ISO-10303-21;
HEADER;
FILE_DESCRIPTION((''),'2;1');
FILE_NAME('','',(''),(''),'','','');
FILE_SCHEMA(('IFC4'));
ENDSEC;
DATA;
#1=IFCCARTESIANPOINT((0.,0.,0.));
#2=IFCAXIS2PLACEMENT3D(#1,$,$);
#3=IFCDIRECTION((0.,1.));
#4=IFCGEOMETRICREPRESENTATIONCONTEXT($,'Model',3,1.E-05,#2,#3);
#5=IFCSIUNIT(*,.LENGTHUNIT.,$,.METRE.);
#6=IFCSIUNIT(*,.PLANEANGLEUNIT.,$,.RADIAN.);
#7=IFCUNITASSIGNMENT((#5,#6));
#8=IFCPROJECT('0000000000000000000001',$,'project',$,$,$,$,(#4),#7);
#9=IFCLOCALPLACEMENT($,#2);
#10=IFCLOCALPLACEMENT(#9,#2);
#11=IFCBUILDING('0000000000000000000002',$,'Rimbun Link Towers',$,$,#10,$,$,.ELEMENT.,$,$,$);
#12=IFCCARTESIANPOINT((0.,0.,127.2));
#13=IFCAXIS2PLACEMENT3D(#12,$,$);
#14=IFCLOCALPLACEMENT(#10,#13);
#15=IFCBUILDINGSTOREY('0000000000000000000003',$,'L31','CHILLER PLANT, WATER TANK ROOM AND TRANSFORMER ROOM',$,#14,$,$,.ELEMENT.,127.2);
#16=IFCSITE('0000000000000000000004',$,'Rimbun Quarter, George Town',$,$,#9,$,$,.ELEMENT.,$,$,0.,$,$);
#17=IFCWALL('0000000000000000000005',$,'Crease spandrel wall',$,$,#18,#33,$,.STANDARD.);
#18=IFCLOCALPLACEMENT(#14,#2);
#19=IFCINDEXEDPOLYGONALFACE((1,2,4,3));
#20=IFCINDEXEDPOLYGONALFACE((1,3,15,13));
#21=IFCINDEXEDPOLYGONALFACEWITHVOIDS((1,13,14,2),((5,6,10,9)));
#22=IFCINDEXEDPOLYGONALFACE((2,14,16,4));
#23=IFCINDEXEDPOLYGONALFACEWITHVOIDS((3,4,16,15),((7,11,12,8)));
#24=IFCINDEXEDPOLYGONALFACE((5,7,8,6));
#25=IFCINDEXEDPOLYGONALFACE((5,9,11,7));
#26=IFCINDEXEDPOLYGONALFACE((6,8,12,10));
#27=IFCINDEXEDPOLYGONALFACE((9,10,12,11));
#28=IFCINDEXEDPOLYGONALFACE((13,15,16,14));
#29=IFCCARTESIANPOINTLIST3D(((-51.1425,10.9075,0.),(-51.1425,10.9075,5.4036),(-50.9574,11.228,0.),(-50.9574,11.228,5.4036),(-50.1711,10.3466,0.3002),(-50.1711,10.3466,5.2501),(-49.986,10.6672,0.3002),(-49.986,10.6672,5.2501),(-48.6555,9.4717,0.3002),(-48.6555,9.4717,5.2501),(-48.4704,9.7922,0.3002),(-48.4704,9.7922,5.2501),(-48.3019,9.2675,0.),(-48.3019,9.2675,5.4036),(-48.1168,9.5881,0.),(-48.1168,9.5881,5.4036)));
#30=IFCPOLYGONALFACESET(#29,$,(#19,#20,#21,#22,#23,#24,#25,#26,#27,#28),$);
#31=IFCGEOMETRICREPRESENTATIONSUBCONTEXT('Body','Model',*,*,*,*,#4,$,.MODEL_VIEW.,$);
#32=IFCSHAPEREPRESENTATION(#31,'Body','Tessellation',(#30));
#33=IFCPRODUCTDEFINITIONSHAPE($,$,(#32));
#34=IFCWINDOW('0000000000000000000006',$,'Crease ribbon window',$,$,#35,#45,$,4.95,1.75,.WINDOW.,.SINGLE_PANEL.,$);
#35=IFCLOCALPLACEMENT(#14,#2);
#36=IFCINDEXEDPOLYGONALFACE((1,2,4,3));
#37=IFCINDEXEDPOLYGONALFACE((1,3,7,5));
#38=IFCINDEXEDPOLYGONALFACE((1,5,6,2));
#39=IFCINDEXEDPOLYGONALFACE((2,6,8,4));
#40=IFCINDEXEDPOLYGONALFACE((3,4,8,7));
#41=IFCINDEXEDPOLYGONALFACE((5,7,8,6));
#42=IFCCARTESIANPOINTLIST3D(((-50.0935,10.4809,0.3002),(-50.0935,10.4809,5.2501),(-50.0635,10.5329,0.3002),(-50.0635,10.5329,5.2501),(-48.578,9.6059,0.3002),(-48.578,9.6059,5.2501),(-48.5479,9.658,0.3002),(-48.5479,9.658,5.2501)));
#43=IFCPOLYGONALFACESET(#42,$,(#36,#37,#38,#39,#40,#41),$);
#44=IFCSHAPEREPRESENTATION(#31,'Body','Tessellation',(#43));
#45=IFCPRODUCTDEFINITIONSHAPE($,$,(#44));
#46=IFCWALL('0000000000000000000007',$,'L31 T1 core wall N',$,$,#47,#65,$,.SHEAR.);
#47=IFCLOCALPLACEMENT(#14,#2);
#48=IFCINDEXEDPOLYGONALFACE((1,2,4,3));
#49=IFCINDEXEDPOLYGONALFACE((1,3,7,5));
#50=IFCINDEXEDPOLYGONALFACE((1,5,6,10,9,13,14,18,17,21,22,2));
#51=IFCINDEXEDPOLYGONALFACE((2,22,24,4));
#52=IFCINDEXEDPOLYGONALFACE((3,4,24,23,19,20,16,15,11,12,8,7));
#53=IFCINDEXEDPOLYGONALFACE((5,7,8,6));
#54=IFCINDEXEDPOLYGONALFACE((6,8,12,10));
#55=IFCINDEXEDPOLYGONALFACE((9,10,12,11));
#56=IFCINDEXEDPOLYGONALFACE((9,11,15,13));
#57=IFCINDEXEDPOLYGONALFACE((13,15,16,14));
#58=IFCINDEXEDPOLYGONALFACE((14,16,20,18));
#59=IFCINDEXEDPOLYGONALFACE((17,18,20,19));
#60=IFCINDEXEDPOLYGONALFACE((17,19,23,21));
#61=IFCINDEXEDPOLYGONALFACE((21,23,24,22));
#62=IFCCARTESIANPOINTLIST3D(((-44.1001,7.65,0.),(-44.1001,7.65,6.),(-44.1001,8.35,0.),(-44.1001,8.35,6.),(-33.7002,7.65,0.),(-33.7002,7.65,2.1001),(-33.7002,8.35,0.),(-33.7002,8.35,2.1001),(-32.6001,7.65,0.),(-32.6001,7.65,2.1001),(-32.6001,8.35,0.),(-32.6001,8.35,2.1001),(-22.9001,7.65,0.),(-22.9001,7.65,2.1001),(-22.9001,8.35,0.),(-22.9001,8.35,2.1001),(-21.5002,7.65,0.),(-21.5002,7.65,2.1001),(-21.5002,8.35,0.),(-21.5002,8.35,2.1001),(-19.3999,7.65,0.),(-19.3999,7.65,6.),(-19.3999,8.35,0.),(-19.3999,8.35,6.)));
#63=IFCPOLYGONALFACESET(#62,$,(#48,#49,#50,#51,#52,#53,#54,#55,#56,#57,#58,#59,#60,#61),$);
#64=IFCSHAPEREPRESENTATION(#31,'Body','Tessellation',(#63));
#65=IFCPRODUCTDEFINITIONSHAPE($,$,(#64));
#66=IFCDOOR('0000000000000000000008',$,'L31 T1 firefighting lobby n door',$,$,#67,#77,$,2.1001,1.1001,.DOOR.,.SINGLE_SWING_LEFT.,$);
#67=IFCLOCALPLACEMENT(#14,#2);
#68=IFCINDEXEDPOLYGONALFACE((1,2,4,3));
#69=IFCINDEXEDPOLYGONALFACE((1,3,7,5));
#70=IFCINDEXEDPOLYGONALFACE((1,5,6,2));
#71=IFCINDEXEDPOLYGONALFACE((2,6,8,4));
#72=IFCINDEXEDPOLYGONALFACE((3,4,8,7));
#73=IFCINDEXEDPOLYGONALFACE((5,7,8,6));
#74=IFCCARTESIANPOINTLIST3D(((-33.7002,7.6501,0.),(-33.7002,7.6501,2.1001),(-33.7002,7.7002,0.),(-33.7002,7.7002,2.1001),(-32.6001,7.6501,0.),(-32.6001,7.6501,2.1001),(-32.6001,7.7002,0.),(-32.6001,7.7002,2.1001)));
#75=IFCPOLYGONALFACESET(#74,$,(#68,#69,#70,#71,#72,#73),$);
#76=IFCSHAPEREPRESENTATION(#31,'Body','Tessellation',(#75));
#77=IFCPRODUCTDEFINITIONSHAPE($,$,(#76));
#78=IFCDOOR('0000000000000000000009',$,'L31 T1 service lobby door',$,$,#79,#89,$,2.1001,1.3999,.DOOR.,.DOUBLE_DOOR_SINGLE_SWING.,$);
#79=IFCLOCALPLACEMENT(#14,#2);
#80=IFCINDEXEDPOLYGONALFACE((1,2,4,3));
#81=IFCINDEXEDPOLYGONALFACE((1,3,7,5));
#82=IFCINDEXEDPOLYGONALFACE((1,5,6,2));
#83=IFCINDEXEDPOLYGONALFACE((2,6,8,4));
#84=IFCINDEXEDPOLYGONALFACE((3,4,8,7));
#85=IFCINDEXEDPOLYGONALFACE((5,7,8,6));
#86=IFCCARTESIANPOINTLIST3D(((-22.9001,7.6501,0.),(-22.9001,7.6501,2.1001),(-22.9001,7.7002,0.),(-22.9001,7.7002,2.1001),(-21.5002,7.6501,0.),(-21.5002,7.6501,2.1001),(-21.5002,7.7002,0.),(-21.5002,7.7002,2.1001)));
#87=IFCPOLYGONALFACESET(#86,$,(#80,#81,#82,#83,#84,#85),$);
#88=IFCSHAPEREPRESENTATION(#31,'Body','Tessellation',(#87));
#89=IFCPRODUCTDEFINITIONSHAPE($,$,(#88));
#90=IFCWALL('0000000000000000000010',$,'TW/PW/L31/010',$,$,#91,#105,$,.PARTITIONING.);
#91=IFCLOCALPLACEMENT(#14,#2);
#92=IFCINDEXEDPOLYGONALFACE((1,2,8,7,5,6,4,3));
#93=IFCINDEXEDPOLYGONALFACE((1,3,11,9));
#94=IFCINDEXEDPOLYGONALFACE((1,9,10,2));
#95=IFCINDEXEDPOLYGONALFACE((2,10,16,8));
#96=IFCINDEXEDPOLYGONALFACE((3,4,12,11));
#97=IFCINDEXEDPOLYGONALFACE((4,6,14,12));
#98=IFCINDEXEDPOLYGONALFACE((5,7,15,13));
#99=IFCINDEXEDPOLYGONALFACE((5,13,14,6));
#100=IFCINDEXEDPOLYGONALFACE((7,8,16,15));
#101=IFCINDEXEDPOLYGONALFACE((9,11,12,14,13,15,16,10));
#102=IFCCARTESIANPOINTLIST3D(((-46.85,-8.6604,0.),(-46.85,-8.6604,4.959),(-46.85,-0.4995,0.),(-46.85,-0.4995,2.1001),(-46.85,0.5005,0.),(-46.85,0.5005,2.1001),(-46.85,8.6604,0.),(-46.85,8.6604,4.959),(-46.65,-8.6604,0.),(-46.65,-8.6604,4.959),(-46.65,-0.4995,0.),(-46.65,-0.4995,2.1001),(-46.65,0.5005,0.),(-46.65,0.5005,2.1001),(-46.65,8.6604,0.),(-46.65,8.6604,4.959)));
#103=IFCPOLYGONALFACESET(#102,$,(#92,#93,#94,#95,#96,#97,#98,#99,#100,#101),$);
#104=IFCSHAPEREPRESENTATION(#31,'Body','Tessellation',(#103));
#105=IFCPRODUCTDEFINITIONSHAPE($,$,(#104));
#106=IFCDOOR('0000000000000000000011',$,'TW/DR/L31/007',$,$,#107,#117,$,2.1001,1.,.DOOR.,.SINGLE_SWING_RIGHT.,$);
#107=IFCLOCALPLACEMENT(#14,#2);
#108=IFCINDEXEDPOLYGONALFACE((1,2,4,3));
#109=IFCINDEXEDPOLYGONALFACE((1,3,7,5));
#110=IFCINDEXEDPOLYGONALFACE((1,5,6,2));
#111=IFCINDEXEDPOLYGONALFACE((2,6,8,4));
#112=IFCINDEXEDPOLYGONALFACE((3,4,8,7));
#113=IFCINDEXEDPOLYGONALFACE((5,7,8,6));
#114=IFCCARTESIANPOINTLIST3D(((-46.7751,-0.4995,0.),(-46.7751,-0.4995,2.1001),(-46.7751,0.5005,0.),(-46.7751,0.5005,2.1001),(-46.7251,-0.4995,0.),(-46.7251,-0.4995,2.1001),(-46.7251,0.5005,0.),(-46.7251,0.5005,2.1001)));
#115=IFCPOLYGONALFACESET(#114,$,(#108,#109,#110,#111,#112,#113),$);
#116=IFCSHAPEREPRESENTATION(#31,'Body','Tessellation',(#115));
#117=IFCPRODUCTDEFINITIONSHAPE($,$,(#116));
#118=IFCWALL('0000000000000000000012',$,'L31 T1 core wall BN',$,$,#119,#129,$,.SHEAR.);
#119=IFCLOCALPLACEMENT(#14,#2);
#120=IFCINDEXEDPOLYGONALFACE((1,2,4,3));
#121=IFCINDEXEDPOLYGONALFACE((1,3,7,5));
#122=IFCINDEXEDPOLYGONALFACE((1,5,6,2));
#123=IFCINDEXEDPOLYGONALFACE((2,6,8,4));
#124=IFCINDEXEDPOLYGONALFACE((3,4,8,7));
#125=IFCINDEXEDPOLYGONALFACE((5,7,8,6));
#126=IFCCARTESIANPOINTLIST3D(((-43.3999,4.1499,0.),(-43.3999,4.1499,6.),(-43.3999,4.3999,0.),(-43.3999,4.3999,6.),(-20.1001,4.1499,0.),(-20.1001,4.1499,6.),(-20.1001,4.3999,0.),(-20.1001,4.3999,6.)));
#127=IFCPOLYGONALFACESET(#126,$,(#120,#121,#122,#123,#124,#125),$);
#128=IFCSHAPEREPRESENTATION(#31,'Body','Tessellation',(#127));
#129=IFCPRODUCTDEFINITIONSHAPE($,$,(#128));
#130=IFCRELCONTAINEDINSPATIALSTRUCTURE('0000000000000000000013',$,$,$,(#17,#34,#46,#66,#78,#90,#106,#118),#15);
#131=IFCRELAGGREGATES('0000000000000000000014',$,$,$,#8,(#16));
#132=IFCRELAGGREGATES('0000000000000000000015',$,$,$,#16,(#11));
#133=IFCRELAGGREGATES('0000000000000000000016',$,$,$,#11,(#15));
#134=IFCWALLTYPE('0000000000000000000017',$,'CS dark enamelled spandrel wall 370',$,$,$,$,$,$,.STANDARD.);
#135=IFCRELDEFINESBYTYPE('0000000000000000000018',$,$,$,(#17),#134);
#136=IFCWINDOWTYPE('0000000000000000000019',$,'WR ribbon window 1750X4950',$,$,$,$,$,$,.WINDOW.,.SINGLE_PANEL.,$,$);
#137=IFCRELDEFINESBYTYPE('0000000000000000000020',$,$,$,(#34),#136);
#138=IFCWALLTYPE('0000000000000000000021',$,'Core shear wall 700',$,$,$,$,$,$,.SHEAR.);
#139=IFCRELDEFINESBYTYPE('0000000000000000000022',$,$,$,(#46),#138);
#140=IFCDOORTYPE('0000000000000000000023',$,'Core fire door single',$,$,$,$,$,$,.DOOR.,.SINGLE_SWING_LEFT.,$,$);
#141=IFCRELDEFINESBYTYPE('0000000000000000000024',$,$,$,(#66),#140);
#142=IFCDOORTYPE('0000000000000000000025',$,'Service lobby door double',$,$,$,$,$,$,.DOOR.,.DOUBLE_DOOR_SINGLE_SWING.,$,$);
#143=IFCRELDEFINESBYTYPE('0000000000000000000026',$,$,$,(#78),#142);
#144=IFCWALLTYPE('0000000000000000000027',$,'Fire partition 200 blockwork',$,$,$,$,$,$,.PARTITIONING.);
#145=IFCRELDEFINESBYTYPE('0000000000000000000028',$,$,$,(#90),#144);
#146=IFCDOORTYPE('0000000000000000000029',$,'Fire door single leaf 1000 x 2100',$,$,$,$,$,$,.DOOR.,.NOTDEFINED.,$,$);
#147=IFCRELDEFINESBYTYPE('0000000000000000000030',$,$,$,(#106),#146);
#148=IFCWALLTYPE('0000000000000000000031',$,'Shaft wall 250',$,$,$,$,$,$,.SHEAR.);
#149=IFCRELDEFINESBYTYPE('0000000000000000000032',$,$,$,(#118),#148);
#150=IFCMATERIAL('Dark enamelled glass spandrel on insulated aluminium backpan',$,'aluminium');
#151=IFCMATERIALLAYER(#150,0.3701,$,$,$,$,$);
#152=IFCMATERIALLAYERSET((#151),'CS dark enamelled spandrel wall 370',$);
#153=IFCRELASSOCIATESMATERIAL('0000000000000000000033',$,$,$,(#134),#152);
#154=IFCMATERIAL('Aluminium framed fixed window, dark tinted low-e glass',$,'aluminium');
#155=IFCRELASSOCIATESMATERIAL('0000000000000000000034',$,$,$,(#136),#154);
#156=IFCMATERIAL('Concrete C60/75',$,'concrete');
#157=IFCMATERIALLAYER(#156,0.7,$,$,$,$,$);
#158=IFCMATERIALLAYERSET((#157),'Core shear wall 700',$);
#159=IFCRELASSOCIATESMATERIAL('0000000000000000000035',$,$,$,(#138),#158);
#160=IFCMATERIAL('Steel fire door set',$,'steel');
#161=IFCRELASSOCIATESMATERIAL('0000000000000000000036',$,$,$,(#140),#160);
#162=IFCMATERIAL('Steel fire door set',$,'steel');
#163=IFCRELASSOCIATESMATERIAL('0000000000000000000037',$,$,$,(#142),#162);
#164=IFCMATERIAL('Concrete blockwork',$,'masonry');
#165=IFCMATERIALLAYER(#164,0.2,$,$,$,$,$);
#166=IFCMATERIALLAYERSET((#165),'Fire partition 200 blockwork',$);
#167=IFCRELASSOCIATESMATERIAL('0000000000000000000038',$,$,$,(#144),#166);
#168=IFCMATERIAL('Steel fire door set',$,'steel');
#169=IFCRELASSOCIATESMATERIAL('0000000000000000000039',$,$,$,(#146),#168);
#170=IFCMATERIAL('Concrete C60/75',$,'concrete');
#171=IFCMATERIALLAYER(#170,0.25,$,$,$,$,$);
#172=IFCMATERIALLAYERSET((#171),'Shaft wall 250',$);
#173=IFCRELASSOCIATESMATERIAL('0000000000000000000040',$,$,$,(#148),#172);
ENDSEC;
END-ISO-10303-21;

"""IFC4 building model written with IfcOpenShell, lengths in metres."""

from ifc_helpers import new_model, si_unit, direction, frame, frame_2d, origin, place, context, subcontext, project, spatial, rectangle, extrude, material, layer, layer_set, type_object, element, fill, save


model = new_model("IFC4")

# Units and contexts
model_context = context("Model", 3, precision=1e-05, world=origin(), true_north=direction((0.0, 1.0)))
body_context = subcontext(model_context, "Body", "Model", "MODEL_VIEW")
ifc_project = project(units=[si_unit("LENGTHUNIT", "METRE"), si_unit("PLANEANGLEUNIT", "RADIAN")], contexts=[model_context])

# Site, building, storey
site_placement = place(None, origin())
site = spatial("IfcSite", under=ifc_project, at=site_placement, Name="Rimbun Quarter, George Town", CompositionType="ELEMENT", RefElevation=0.0)
building_placement = place(site_placement, origin())
building = spatial("IfcBuilding", under=site, at=building_placement, Name="Rimbun Link Towers", CompositionType="ELEMENT")
storey_placement = place(building_placement, frame((0.0, 0.0, 127.2)))
storey = spatial("IfcBuildingStorey", under=building, at=storey_placement, Name="L31", Description="CHILLER PLANT, WATER TANK ROOM AND TRANSFORMER ROOM", CompositionType="ELEMENT", Elevation=127.2)

# Wall, opening, window
ifc_material_1 = material(Name="Dark enamelled glass spandrel on insulated aluminium backpan", Category="aluminium")
ifc_layer_1 = layer(ifc_material_1, 0.3701)
ifc_layer_set_1 = layer_set([ifc_layer_1], Name="CS dark enamelled spandrel wall 370")
wall_type_1 = type_object("IfcWallType", Name="CS dark enamelled spandrel wall 370", PredefinedType="STANDARD", material=ifc_layer_set_1)
wall_1_placement = place(storey_placement, frame((-48.2092, 9.4277, 0.0), z_axis=(0.0, 0.0, 1.0), x_axis=(-0.866041, 0.499974, 0.0)))
wall_1 = element("IfcWall", 1, at=wall_1_placement, inside=storey, type_object=wall_type_1, Name="Crease spandrel wall", PredefinedType="STANDARD", context=body_context, shape_type="SweptSolid", body=[
    extrude(rectangle(XDim=3.28, YDim=0.3701, at=frame_2d((1.6401, 0.0))), origin(), (0.0, 0.0, 1.0), 5.4036),
])
opening_1_placement = place(wall_1_placement, frame((0.4084, 0.0, 0.3)))
opening_1 = element("IfcOpeningElement", 2, at=opening_1_placement, cuts=wall_1, PredefinedType="OPENING", context=body_context, shape_type="SweptSolid", body=[
    extrude(rectangle(XDim=1.75, YDim=4.95, at=frame_2d((0.875, 2.4751))), frame((0.0, 0.1951, 0.0), z_axis=(0.0, -1.0, 0.0), x_axis=(1.0, 0.0, 0.0)), (0.0, 0.0, 1.0), 0.3901),
])
ifc_material_2 = material(Name="Aluminium framed fixed window, dark tinted low-e glass", Category="aluminium")
window_type_1 = type_object("IfcWindowType", Name="WR ribbon window 1750X4950", PartitioningType="SINGLE_PANEL", PredefinedType="WINDOW", material=ifc_material_2)
window_1_placement = place(opening_1_placement, origin())
window_1 = element("IfcWindow", 3, at=window_1_placement, inside=storey, type_object=window_type_1, Name="Crease ribbon window", OverallHeight=4.95, OverallWidth=1.75, PartitioningType="SINGLE_PANEL", PredefinedType="WINDOW", context=body_context, shape_type="SweptSolid", body=[
    extrude(rectangle(XDim=1.75, YDim=4.95, at=frame_2d((0.875, 2.4751))), frame((0.0, 0.03, 0.0), z_axis=(0.0, -1.0, 0.0), x_axis=(1.0, 0.0, 0.0)), (0.0, 0.0, 1.0), 0.0601),
])
fill(opening_1, window_1)

# Wall, openings, doors
ifc_material_3 = material(Name="Concrete C60/75", Category="concrete")
ifc_layer_2 = layer(ifc_material_3, 0.7)
ifc_layer_set_2 = layer_set([ifc_layer_2], Name="Core shear wall 700")
wall_type_2 = type_object("IfcWallType", Name="Core shear wall 700", PredefinedType="SHEAR", material=ifc_layer_set_2)
wall_2_placement = place(storey_placement, frame((-44.1001, 8.0, 0.0), z_axis=(0.0, 0.0, 1.0), x_axis=(1.0, 0.0, 0.0)))
wall_2 = element("IfcWall", 4, at=wall_2_placement, inside=storey, type_object=wall_type_2, Name="L31 T1 core wall N", PredefinedType="SHEAR", context=body_context, shape_type="SweptSolid", body=[
    extrude(rectangle(XDim=24.7002, YDim=0.7, at=frame_2d((12.3501, 0.0))), origin(), (0.0, 0.0, 1.0), 6.0),
])
opening_2_placement = place(wall_2_placement, frame((10.3999, 0.0, 0.0)))
opening_2 = element("IfcOpeningElement", 5, at=opening_2_placement, cuts=wall_2, PredefinedType="OPENING", context=body_context, shape_type="SweptSolid", body=[
    extrude(rectangle(XDim=1.1001, YDim=2.1001, at=frame_2d((0.55, 1.05))), frame((0.0, 0.3599, 0.0), z_axis=(0.0, -1.0, 0.0), x_axis=(1.0, 0.0, 0.0)), (0.0, 0.0, 1.0), 0.72),
])
opening_3_placement = place(wall_2_placement, frame((21.2, 0.0, 0.0)))
opening_3 = element("IfcOpeningElement", 6, at=opening_3_placement, cuts=wall_2, PredefinedType="OPENING", context=body_context, shape_type="SweptSolid", body=[
    extrude(rectangle(XDim=1.3999, YDim=2.1001, at=frame_2d((0.7, 1.05))), frame((0.0, 0.3599, 0.0), z_axis=(0.0, -1.0, 0.0), x_axis=(1.0, 0.0, 0.0)), (0.0, 0.0, 1.0), 0.72),
])
ifc_material_4 = material(Name="Steel fire door set", Category="steel")
door_type_1 = type_object("IfcDoorType", Name="Core fire door single", OperationType="SINGLE_SWING_LEFT", PredefinedType="DOOR", material=ifc_material_4)
door_1_placement = place(opening_2_placement, origin())
door_1 = element("IfcDoor", 7, at=door_1_placement, inside=storey, type_object=door_type_1, Name="L31 T1 firefighting lobby n door", OperationType="SINGLE_SWING_LEFT", OverallHeight=2.1001, OverallWidth=1.1001, PredefinedType="DOOR", context=body_context, shape_type="SweptSolid", body=[
    extrude(rectangle(XDim=1.1001, YDim=2.1001, at=frame_2d((0.55, 1.05))), frame((0.0, -0.2998, 0.0), z_axis=(0.0, -1.0, 0.0), x_axis=(1.0, 0.0, 0.0)), (0.0, 0.0, 1.0), 0.05),
])
fill(opening_2, door_1)
ifc_material_5 = material(Name="Steel fire door set", Category="steel")
door_type_2 = type_object("IfcDoorType", Name="Service lobby door double", OperationType="DOUBLE_DOOR_SINGLE_SWING", PredefinedType="DOOR", material=ifc_material_5)
door_2_placement = place(opening_3_placement, origin())
door_2 = element("IfcDoor", 8, at=door_2_placement, inside=storey, type_object=door_type_2, Name="L31 T1 service lobby door", OperationType="DOUBLE_DOOR_SINGLE_SWING", OverallHeight=2.1001, OverallWidth=1.3999, PredefinedType="DOOR", context=body_context, shape_type="SweptSolid", body=[
    extrude(rectangle(XDim=1.3999, YDim=2.1001, at=frame_2d((0.7, 1.05))), frame((0.0, -0.2998, 0.0), z_axis=(0.0, -1.0, 0.0), x_axis=(1.0, 0.0, 0.0)), (0.0, 0.0, 1.0), 0.05),
])
fill(opening_3, door_2)

# Wall, opening, door
ifc_material_6 = material(Name="Concrete blockwork", Category="masonry")
ifc_layer_3 = layer(ifc_material_6, 0.2)
ifc_layer_set_3 = layer_set([ifc_layer_3], Name="Fire partition 200 blockwork")
wall_type_3 = type_object("IfcWallType", Name="Fire partition 200 blockwork", PredefinedType="PARTITIONING", material=ifc_layer_set_3)
wall_3_placement = place(storey_placement, frame((-46.75, 8.6604, 0.0), z_axis=(0.0, 0.0, 1.0), x_axis=(0.0, -1.0, 0.0)))
wall_3 = element("IfcWall", 9, at=wall_3_placement, inside=storey, type_object=wall_type_3, Name="TW/PW/L31/010", PredefinedType="PARTITIONING", context=body_context, shape_type="SweptSolid", body=[
    extrude(rectangle(XDim=17.3208, YDim=0.2, at=frame_2d((8.6604, 0.0))), origin(), (0.0, 0.0, 1.0), 4.959),
])
opening_4_placement = place(wall_3_placement, frame((8.1599, 0.0, 0.0)))
opening_4 = element("IfcOpeningElement", 10, at=opening_4_placement, cuts=wall_3, PredefinedType="OPENING", context=body_context, shape_type="SweptSolid", body=[
    extrude(rectangle(XDim=1.0, YDim=2.1001, at=frame_2d((0.5, 1.05))), frame((0.0, 0.1099, 0.0), z_axis=(0.0, -1.0, 0.0), x_axis=(1.0, 0.0, 0.0)), (0.0, 0.0, 1.0), 0.22),
])
ifc_material_7 = material(Name="Steel fire door set", Category="steel")
door_type_3 = type_object("IfcDoorType", Name="Fire door single leaf 1000 x 2100", OperationType="NOTDEFINED", PredefinedType="DOOR", material=ifc_material_7)
door_3_placement = place(opening_4_placement, origin())
door_3 = element("IfcDoor", 11, at=door_3_placement, inside=storey, type_object=door_type_3, Name="TW/DR/L31/007", OperationType="SINGLE_SWING_RIGHT", OverallHeight=2.1001, OverallWidth=1.0, PredefinedType="DOOR", context=body_context, shape_type="SweptSolid", body=[
    extrude(rectangle(XDim=1.0, YDim=2.1001, at=frame_2d((0.5, 1.05))), frame((0.0, 0.0249, 0.0), z_axis=(0.0, -1.0, 0.0), x_axis=(1.0, 0.0, 0.0)), (0.0, 0.0, 1.0), 0.05),
])
fill(opening_4, door_3)

# Wall
ifc_material_8 = material(Name="Concrete C60/75", Category="concrete")
ifc_layer_4 = layer(ifc_material_8, 0.25)
ifc_layer_set_4 = layer_set([ifc_layer_4], Name="Shaft wall 250")
wall_type_4 = type_object("IfcWallType", Name="Shaft wall 250", PredefinedType="SHEAR", material=ifc_layer_set_4)
wall_4_placement = place(storey_placement, frame((-43.3999, 4.2749, 0.0), z_axis=(0.0, 0.0, 1.0), x_axis=(1.0, 0.0, 0.0)))
element("IfcWall", 12, at=wall_4_placement, inside=storey, type_object=wall_type_4, Name="L31 T1 core wall BN", PredefinedType="SHEAR", context=body_context, shape_type="SweptSolid", body=[
    extrude(rectangle(XDim=23.2998, YDim=0.25, at=frame_2d((11.6499, 0.0))), origin(), (0.0, 0.0, 1.0), 6.0),
])

save(model, "model.ifc")
